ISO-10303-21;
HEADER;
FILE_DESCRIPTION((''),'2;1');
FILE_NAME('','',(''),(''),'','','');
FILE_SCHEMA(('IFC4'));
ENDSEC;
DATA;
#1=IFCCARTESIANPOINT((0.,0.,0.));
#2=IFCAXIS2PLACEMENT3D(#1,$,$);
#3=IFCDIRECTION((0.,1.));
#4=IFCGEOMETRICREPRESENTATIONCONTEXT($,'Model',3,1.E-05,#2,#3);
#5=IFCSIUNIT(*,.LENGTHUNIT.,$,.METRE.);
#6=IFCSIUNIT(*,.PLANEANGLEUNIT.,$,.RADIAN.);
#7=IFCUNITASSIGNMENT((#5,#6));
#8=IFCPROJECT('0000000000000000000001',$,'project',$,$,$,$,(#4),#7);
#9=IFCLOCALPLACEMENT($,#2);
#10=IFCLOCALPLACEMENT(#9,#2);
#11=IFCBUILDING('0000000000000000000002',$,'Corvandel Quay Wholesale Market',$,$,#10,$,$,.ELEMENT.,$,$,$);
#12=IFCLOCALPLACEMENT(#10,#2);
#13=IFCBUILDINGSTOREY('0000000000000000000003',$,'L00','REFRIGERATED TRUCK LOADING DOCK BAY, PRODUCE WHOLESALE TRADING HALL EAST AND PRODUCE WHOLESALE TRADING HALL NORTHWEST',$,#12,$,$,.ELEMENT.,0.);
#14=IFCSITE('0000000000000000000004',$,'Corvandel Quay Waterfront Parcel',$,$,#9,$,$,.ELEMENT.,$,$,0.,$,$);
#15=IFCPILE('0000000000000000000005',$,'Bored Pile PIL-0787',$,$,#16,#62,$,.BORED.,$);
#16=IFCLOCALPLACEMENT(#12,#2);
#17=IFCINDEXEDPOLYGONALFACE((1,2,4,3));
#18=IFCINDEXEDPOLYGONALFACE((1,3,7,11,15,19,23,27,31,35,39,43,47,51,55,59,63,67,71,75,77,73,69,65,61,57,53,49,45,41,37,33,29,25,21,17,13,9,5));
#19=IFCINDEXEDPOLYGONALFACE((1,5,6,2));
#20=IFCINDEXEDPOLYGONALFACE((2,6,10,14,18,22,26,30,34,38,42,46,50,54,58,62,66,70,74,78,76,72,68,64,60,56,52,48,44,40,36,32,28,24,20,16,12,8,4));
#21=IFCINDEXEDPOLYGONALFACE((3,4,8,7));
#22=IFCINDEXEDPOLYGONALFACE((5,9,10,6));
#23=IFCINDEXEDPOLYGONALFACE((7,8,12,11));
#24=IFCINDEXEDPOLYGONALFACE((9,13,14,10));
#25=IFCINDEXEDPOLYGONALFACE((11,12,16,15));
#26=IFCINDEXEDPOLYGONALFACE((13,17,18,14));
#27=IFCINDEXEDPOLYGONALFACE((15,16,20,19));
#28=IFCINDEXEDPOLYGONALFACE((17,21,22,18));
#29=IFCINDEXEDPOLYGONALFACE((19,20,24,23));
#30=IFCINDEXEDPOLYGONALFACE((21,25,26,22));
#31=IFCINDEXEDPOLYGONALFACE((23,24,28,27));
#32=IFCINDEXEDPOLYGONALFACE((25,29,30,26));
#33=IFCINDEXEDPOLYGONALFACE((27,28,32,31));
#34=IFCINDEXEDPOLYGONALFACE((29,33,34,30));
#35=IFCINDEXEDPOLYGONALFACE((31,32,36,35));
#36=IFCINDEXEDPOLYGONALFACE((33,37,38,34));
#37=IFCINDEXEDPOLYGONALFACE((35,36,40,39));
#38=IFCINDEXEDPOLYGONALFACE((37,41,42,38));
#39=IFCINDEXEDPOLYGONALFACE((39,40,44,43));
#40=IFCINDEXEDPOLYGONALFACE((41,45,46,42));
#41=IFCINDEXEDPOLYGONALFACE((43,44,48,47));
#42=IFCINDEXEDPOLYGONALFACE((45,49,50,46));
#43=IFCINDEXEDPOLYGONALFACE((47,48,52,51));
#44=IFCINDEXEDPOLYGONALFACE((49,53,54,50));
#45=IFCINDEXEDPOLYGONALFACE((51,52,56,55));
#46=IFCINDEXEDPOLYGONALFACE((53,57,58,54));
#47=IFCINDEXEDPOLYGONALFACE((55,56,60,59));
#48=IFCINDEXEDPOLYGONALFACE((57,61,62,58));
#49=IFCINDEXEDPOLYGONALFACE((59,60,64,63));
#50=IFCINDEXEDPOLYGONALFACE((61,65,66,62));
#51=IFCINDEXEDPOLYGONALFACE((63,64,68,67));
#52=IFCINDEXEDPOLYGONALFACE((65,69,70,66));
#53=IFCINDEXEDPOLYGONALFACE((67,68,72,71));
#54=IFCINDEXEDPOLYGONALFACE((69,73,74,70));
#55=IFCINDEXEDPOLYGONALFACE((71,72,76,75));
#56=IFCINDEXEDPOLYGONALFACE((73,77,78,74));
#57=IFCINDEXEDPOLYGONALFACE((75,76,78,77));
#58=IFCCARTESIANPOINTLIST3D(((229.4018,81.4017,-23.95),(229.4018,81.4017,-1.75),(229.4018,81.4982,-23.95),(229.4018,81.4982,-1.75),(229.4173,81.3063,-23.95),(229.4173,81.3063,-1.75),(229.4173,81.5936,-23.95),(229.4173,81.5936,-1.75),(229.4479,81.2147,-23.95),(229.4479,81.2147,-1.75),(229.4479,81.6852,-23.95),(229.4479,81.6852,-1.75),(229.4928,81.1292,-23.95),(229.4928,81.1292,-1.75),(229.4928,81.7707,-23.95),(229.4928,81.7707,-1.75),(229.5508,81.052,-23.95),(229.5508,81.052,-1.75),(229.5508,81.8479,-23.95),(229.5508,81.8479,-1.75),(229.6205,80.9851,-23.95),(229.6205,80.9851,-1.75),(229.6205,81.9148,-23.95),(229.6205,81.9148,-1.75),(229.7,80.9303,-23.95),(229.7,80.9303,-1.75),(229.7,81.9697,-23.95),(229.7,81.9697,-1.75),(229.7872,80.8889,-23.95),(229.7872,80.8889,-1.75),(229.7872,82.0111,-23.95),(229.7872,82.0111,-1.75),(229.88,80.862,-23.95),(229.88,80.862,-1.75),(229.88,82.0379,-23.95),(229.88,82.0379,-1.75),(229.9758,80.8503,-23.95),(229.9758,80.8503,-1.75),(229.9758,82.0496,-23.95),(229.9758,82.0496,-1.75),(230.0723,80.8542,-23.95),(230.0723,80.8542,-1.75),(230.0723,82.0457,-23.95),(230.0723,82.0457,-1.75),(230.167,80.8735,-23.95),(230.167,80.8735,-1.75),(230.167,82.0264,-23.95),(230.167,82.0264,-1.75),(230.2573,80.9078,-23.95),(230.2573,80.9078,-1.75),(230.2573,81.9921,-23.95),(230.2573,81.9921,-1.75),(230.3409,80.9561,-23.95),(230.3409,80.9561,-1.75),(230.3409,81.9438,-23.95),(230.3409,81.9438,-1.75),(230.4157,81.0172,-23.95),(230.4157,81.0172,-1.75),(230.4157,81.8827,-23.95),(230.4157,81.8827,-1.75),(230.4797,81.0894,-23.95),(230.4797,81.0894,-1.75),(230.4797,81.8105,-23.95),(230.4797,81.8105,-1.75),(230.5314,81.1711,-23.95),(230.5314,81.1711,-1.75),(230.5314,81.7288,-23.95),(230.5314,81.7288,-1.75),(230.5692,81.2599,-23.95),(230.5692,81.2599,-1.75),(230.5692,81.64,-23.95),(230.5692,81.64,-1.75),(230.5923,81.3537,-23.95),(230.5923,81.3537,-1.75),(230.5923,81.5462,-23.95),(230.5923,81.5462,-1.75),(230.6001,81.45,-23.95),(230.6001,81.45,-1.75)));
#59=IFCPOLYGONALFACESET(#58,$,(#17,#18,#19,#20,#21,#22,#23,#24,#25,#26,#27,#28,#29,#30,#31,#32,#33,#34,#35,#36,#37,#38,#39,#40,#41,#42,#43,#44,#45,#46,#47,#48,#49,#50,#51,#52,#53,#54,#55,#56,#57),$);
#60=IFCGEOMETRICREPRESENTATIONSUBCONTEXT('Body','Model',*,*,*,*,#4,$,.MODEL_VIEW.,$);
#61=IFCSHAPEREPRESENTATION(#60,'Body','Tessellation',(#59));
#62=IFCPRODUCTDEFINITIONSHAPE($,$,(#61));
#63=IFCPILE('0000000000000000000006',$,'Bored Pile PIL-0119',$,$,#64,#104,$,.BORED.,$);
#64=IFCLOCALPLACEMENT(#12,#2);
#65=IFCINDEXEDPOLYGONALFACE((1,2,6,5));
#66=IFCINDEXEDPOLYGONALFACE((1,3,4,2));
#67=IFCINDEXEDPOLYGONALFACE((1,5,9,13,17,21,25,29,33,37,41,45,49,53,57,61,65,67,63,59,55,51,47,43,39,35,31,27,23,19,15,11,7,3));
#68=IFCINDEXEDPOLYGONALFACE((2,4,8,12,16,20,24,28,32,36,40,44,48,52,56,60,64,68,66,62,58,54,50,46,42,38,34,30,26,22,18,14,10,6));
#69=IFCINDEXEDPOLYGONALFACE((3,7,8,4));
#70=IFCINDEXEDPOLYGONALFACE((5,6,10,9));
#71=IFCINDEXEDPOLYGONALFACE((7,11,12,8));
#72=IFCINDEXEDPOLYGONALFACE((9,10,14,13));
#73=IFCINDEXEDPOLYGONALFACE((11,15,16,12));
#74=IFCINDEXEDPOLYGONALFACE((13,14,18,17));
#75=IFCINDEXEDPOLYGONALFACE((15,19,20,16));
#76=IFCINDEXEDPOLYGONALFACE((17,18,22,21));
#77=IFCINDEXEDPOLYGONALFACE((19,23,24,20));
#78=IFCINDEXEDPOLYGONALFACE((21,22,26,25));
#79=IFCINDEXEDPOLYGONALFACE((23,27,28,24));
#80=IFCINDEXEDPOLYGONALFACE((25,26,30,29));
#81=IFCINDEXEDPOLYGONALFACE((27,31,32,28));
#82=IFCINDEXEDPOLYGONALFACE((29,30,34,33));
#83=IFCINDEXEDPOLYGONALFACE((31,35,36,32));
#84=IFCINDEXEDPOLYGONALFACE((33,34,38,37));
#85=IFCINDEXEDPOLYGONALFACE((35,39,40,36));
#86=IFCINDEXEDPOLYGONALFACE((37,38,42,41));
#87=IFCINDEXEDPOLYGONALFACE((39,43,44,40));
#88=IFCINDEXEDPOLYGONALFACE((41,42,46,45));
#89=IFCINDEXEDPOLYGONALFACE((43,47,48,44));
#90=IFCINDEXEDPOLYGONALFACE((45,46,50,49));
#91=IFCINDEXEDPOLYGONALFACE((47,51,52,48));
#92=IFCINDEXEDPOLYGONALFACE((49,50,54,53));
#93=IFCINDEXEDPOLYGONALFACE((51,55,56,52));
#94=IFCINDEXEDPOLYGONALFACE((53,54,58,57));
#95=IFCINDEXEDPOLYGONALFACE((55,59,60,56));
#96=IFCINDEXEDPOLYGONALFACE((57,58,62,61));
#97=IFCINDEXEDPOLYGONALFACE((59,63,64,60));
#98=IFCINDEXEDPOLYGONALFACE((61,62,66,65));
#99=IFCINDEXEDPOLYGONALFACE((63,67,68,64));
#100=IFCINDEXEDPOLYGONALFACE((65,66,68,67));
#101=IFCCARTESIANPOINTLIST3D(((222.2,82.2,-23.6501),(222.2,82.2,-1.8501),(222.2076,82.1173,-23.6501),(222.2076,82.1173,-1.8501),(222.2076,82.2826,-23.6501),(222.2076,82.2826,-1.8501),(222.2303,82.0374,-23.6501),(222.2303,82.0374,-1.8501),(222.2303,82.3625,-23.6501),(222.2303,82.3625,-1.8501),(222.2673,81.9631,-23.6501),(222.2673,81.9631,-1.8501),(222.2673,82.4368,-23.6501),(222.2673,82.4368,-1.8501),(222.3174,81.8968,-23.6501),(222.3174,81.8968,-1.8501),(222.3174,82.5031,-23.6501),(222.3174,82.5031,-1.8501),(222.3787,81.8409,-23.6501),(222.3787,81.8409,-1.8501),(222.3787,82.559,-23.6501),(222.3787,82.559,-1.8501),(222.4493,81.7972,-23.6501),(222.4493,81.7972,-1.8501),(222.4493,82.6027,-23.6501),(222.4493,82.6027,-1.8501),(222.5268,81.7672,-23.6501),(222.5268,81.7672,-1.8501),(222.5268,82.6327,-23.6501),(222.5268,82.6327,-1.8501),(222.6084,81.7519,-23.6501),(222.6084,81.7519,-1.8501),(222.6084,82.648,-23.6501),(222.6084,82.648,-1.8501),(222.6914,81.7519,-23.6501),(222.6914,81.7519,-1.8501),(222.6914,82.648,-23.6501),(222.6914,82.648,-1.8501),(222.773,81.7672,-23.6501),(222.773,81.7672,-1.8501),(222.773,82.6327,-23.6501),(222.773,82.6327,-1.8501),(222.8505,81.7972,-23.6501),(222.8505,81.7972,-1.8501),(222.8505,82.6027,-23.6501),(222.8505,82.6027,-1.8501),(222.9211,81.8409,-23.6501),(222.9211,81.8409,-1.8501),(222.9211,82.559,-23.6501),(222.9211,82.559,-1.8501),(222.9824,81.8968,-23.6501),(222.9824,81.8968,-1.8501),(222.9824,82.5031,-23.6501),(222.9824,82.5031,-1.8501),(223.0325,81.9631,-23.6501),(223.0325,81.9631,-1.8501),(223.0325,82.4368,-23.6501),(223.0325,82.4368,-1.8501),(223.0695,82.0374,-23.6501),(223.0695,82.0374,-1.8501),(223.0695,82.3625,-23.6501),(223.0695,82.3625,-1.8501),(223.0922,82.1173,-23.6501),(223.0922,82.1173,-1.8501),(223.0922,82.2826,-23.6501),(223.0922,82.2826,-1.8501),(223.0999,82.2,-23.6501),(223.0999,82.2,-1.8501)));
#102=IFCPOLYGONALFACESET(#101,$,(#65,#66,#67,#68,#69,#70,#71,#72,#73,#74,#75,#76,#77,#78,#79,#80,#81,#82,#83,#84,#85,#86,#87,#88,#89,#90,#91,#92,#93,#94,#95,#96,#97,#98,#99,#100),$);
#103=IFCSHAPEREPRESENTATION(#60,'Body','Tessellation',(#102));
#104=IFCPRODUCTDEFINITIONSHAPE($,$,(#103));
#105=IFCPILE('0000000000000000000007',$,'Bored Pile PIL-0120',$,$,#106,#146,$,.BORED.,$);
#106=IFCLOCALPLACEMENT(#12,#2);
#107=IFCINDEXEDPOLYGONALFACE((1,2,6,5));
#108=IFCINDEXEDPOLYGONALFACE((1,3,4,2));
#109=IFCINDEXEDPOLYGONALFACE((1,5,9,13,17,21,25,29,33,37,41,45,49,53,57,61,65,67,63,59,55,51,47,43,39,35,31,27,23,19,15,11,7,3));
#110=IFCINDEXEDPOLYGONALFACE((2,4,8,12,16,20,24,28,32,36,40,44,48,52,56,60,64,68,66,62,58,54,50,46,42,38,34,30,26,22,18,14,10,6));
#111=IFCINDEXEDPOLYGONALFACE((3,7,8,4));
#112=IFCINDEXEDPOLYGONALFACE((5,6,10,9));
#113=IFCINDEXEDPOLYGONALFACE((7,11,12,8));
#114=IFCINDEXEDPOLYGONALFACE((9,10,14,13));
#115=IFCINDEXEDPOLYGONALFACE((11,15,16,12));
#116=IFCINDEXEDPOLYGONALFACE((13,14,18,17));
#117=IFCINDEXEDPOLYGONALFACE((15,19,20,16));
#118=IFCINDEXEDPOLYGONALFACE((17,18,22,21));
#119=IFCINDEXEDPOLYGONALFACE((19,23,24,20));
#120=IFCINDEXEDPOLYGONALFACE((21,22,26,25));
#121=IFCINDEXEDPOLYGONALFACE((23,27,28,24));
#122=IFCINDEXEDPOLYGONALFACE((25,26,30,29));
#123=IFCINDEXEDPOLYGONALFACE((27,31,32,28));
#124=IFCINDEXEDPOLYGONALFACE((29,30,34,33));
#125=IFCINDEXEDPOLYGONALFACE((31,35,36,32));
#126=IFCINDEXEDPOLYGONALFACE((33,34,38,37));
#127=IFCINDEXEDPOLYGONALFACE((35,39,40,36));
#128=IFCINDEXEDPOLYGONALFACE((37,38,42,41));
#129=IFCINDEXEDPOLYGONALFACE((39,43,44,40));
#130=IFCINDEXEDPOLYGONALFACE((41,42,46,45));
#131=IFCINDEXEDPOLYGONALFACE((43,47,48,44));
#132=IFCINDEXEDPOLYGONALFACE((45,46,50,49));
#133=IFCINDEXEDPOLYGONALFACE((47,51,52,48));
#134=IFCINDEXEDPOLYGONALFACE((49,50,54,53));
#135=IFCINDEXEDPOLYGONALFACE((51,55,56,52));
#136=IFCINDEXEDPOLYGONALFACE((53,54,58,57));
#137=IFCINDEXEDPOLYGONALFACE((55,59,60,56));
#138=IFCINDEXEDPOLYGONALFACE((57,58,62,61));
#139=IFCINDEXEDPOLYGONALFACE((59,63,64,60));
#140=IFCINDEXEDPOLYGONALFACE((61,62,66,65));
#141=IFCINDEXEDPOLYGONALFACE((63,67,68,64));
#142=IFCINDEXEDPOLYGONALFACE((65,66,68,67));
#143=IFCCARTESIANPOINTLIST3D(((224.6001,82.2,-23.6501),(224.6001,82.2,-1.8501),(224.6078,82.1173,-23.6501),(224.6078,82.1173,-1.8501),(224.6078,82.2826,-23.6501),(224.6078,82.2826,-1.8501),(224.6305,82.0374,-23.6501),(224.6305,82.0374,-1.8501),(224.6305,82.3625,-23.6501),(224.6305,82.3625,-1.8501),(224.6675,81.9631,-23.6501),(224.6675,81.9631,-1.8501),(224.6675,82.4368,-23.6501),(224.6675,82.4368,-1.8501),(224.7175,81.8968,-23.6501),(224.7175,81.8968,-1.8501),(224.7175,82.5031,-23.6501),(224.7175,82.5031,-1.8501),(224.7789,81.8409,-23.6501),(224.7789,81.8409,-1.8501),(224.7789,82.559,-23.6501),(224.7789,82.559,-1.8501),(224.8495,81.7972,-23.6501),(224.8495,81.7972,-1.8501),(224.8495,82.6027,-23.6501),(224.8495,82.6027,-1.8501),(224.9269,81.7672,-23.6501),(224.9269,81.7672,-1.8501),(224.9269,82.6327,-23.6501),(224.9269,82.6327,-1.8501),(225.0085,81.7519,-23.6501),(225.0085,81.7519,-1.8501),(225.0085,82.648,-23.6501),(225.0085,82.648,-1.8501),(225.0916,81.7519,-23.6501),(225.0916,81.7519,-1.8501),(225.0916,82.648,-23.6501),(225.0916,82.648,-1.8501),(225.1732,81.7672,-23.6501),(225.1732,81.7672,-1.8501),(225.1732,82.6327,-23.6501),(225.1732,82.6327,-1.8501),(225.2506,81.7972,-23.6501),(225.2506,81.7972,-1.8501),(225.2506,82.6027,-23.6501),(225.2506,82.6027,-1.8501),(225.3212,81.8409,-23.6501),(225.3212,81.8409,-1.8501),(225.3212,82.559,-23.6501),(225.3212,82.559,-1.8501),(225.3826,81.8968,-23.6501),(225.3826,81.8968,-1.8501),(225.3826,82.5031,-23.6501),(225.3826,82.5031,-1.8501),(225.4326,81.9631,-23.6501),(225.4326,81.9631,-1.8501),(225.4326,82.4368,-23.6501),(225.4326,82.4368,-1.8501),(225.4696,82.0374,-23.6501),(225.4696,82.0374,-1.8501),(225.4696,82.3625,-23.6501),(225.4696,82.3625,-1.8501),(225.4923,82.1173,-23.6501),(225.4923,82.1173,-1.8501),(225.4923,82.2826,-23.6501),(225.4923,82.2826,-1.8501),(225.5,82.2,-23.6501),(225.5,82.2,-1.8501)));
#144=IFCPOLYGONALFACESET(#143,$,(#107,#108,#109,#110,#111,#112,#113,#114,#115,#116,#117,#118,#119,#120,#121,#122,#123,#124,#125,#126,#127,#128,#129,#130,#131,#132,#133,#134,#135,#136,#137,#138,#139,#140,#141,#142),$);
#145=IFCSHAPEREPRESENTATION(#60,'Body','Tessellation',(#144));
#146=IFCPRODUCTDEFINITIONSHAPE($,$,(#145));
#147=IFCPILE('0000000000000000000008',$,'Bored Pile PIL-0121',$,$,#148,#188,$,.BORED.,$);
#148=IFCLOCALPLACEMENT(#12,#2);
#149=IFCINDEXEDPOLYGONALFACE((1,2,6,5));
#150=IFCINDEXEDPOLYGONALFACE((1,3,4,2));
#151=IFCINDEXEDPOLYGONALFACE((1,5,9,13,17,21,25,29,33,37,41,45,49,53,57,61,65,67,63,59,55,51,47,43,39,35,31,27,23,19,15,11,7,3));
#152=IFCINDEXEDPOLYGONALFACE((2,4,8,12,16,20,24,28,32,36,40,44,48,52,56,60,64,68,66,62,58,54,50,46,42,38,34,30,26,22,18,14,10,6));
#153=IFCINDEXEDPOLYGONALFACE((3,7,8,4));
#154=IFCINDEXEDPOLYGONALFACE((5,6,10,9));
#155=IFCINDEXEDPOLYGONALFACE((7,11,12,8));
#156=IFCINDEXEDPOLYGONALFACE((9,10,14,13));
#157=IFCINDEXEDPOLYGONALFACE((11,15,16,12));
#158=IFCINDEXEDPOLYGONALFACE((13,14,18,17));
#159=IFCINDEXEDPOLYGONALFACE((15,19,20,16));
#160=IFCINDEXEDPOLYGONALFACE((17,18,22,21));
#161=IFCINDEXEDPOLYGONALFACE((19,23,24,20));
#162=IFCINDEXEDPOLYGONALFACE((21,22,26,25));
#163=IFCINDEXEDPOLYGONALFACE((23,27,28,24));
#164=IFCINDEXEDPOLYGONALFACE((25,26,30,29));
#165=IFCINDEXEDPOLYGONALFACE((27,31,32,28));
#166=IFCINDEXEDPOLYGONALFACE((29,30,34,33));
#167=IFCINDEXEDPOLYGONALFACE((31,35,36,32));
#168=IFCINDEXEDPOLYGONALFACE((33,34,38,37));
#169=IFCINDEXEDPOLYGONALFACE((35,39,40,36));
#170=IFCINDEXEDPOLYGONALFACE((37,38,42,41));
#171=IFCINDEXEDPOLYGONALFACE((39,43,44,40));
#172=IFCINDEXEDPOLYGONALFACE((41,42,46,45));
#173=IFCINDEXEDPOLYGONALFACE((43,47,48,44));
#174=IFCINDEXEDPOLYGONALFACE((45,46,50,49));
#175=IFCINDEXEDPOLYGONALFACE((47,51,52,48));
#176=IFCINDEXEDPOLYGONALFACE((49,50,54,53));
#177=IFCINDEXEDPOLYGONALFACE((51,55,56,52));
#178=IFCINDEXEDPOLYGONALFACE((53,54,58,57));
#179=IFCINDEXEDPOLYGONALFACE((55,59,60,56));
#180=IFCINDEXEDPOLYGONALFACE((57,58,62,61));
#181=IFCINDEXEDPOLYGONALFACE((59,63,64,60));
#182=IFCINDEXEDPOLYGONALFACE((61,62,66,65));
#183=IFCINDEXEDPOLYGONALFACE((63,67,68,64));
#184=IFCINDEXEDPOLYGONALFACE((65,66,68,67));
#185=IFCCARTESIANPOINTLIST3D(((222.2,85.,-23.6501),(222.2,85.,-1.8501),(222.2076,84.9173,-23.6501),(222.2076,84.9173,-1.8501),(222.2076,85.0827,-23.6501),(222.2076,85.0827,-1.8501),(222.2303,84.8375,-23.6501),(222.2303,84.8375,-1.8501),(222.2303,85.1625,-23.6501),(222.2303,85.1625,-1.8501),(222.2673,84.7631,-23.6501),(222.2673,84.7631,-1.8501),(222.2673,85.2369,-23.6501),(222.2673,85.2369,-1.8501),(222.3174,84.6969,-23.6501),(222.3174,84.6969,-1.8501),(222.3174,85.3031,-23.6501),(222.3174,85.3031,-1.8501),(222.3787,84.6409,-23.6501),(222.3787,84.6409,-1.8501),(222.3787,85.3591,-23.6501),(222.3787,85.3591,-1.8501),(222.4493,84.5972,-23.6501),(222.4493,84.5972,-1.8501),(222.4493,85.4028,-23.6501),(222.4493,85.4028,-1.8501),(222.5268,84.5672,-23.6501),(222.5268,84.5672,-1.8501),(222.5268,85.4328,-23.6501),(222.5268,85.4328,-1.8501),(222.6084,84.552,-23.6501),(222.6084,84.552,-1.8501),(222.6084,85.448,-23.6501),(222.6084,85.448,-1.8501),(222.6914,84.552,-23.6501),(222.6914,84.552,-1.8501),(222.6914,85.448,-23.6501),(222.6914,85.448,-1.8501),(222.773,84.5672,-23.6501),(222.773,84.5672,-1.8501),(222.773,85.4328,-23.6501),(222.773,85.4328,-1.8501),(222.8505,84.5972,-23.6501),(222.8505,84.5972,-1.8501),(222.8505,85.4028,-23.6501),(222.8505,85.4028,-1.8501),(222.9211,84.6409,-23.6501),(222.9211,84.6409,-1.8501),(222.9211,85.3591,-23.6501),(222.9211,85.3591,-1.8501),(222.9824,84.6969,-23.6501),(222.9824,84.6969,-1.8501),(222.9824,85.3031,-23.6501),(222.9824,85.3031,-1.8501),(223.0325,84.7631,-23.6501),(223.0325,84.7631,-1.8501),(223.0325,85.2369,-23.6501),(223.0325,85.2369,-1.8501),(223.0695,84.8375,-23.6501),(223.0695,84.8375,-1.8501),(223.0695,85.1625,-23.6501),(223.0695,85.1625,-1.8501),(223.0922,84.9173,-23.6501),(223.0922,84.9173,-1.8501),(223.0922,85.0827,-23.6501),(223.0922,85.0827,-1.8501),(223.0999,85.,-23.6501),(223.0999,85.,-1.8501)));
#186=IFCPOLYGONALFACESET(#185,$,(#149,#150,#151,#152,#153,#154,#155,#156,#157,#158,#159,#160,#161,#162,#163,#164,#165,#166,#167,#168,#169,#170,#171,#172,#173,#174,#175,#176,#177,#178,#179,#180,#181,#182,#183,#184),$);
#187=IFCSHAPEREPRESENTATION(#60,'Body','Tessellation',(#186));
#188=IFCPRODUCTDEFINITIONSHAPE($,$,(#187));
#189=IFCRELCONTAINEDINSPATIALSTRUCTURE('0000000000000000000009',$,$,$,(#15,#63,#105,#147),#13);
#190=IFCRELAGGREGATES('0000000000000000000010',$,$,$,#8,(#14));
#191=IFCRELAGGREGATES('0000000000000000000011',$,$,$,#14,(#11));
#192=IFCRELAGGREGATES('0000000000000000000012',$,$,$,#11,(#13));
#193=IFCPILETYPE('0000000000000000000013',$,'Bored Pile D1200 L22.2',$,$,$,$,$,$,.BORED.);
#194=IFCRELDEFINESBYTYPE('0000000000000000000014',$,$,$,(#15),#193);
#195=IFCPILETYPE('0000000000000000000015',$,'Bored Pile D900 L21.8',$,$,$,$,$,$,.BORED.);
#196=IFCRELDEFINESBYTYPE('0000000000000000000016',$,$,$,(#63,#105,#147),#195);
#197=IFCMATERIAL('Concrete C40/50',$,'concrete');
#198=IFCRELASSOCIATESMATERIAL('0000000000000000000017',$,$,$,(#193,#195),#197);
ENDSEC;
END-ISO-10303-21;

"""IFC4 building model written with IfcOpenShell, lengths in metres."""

from ifc_helpers import new_model, si_unit, direction, frame, origin, origin_2d, place, context, subcontext, project, spatial, circle, extrude, material, material_profile, profile_set, type_object, element, save


model = new_model("IFC4")

# Units and contexts
model_context = context("Model", 3, precision=1e-05, world=origin(), true_north=direction((0.0, 1.0)))
body_context = subcontext(model_context, "Body", "Model", "MODEL_VIEW")
ifc_project = project(units=[si_unit("LENGTHUNIT", "METRE"), si_unit("PLANEANGLEUNIT", "RADIAN")], contexts=[model_context])

# Site, building, storey
site_placement = place(None, origin())
site = spatial("IfcSite", under=ifc_project, at=site_placement, Name="Corvandel Quay Waterfront Parcel", CompositionType="ELEMENT", RefElevation=0.0)
building_placement = place(site_placement, origin())
building = spatial("IfcBuilding", under=site, at=building_placement, Name="Corvandel Quay Wholesale Market", CompositionType="ELEMENT")
storey_placement = place(building_placement, origin())
storey = spatial("IfcBuildingStorey", under=building, at=storey_placement, Name="L00", Description="REFRIGERATED TRUCK LOADING DOCK BAY, PRODUCE WHOLESALE TRADING HALL EAST AND PRODUCE WHOLESALE TRADING HALL NORTHWEST", CompositionType="ELEMENT", Elevation=0.0)

# Piles
ifc_material_1 = material(Name="Concrete C40/50", Category="concrete")
ifc_material_profile_1 = material_profile(ifc_material_1, circle(Radius=0.6001, at=origin_2d()), Name="RC-PILE-D1200")
ifc_profile_set_1 = profile_set([ifc_material_profile_1], Name="Concrete C40/50")
pile_type_1 = type_object("IfcPileType", Name="Bored Pile D1200 L22.2", PredefinedType="BORED", material=ifc_profile_set_1)
pile_placement = place(storey_placement, frame((230.0, 81.45, -1.75), z_axis=(0.0, 0.0, -1.0), x_axis=(1.0, 0.0, 0.0)))
element("IfcPile", 1, at=pile_placement, inside=storey, type_object=pile_type_1, Name="Bored Pile PIL-0787", PredefinedType="BORED", context=body_context, shape_type="SweptSolid", body=[
    extrude(circle(Radius=0.6001, at=origin_2d()), origin(), (0.0, 0.0, 1.0), 22.2),
])
ifc_material_profile_2 = material_profile(ifc_material_1, circle(Radius=0.45, at=origin_2d()), Name="RC-PILE-D900")
ifc_profile_set_2 = profile_set([ifc_material_profile_2], Name="Concrete C40/50")
pile_type_2 = type_object("IfcPileType", Name="Bored Pile D900 L21.8", PredefinedType="BORED", material=ifc_profile_set_2)
for number, where, z_axis, x_axis, name in (
    (2, (222.6499, 82.2, -1.8501), (0.0, 0.0, -1.0), (1.0, 0.0, 0.0), "Bored Pile PIL-0119"),
    (3, (225.05, 82.2, -1.8501), (0.0, 0.0, -1.0), (1.0, 0.0, 0.0), "Bored Pile PIL-0120"),
    (4, (222.6499, 85.0, -1.8501), (0.0, 0.0, -1.0), (1.0, 0.0, 0.0), "Bored Pile PIL-0121"),
):
    element("IfcPile", number, at=place(storey_placement, frame(where, z_axis=z_axis, x_axis=x_axis)), inside=storey, type_object=pile_type_2, Name=name, PredefinedType="BORED", context=body_context, shape_type="SweptSolid", body=[
        extrude(circle(Radius=0.45, at=origin_2d()), origin(), (0.0, 0.0, 1.0), 21.8),
    ])

save(model, "model.ifc")
